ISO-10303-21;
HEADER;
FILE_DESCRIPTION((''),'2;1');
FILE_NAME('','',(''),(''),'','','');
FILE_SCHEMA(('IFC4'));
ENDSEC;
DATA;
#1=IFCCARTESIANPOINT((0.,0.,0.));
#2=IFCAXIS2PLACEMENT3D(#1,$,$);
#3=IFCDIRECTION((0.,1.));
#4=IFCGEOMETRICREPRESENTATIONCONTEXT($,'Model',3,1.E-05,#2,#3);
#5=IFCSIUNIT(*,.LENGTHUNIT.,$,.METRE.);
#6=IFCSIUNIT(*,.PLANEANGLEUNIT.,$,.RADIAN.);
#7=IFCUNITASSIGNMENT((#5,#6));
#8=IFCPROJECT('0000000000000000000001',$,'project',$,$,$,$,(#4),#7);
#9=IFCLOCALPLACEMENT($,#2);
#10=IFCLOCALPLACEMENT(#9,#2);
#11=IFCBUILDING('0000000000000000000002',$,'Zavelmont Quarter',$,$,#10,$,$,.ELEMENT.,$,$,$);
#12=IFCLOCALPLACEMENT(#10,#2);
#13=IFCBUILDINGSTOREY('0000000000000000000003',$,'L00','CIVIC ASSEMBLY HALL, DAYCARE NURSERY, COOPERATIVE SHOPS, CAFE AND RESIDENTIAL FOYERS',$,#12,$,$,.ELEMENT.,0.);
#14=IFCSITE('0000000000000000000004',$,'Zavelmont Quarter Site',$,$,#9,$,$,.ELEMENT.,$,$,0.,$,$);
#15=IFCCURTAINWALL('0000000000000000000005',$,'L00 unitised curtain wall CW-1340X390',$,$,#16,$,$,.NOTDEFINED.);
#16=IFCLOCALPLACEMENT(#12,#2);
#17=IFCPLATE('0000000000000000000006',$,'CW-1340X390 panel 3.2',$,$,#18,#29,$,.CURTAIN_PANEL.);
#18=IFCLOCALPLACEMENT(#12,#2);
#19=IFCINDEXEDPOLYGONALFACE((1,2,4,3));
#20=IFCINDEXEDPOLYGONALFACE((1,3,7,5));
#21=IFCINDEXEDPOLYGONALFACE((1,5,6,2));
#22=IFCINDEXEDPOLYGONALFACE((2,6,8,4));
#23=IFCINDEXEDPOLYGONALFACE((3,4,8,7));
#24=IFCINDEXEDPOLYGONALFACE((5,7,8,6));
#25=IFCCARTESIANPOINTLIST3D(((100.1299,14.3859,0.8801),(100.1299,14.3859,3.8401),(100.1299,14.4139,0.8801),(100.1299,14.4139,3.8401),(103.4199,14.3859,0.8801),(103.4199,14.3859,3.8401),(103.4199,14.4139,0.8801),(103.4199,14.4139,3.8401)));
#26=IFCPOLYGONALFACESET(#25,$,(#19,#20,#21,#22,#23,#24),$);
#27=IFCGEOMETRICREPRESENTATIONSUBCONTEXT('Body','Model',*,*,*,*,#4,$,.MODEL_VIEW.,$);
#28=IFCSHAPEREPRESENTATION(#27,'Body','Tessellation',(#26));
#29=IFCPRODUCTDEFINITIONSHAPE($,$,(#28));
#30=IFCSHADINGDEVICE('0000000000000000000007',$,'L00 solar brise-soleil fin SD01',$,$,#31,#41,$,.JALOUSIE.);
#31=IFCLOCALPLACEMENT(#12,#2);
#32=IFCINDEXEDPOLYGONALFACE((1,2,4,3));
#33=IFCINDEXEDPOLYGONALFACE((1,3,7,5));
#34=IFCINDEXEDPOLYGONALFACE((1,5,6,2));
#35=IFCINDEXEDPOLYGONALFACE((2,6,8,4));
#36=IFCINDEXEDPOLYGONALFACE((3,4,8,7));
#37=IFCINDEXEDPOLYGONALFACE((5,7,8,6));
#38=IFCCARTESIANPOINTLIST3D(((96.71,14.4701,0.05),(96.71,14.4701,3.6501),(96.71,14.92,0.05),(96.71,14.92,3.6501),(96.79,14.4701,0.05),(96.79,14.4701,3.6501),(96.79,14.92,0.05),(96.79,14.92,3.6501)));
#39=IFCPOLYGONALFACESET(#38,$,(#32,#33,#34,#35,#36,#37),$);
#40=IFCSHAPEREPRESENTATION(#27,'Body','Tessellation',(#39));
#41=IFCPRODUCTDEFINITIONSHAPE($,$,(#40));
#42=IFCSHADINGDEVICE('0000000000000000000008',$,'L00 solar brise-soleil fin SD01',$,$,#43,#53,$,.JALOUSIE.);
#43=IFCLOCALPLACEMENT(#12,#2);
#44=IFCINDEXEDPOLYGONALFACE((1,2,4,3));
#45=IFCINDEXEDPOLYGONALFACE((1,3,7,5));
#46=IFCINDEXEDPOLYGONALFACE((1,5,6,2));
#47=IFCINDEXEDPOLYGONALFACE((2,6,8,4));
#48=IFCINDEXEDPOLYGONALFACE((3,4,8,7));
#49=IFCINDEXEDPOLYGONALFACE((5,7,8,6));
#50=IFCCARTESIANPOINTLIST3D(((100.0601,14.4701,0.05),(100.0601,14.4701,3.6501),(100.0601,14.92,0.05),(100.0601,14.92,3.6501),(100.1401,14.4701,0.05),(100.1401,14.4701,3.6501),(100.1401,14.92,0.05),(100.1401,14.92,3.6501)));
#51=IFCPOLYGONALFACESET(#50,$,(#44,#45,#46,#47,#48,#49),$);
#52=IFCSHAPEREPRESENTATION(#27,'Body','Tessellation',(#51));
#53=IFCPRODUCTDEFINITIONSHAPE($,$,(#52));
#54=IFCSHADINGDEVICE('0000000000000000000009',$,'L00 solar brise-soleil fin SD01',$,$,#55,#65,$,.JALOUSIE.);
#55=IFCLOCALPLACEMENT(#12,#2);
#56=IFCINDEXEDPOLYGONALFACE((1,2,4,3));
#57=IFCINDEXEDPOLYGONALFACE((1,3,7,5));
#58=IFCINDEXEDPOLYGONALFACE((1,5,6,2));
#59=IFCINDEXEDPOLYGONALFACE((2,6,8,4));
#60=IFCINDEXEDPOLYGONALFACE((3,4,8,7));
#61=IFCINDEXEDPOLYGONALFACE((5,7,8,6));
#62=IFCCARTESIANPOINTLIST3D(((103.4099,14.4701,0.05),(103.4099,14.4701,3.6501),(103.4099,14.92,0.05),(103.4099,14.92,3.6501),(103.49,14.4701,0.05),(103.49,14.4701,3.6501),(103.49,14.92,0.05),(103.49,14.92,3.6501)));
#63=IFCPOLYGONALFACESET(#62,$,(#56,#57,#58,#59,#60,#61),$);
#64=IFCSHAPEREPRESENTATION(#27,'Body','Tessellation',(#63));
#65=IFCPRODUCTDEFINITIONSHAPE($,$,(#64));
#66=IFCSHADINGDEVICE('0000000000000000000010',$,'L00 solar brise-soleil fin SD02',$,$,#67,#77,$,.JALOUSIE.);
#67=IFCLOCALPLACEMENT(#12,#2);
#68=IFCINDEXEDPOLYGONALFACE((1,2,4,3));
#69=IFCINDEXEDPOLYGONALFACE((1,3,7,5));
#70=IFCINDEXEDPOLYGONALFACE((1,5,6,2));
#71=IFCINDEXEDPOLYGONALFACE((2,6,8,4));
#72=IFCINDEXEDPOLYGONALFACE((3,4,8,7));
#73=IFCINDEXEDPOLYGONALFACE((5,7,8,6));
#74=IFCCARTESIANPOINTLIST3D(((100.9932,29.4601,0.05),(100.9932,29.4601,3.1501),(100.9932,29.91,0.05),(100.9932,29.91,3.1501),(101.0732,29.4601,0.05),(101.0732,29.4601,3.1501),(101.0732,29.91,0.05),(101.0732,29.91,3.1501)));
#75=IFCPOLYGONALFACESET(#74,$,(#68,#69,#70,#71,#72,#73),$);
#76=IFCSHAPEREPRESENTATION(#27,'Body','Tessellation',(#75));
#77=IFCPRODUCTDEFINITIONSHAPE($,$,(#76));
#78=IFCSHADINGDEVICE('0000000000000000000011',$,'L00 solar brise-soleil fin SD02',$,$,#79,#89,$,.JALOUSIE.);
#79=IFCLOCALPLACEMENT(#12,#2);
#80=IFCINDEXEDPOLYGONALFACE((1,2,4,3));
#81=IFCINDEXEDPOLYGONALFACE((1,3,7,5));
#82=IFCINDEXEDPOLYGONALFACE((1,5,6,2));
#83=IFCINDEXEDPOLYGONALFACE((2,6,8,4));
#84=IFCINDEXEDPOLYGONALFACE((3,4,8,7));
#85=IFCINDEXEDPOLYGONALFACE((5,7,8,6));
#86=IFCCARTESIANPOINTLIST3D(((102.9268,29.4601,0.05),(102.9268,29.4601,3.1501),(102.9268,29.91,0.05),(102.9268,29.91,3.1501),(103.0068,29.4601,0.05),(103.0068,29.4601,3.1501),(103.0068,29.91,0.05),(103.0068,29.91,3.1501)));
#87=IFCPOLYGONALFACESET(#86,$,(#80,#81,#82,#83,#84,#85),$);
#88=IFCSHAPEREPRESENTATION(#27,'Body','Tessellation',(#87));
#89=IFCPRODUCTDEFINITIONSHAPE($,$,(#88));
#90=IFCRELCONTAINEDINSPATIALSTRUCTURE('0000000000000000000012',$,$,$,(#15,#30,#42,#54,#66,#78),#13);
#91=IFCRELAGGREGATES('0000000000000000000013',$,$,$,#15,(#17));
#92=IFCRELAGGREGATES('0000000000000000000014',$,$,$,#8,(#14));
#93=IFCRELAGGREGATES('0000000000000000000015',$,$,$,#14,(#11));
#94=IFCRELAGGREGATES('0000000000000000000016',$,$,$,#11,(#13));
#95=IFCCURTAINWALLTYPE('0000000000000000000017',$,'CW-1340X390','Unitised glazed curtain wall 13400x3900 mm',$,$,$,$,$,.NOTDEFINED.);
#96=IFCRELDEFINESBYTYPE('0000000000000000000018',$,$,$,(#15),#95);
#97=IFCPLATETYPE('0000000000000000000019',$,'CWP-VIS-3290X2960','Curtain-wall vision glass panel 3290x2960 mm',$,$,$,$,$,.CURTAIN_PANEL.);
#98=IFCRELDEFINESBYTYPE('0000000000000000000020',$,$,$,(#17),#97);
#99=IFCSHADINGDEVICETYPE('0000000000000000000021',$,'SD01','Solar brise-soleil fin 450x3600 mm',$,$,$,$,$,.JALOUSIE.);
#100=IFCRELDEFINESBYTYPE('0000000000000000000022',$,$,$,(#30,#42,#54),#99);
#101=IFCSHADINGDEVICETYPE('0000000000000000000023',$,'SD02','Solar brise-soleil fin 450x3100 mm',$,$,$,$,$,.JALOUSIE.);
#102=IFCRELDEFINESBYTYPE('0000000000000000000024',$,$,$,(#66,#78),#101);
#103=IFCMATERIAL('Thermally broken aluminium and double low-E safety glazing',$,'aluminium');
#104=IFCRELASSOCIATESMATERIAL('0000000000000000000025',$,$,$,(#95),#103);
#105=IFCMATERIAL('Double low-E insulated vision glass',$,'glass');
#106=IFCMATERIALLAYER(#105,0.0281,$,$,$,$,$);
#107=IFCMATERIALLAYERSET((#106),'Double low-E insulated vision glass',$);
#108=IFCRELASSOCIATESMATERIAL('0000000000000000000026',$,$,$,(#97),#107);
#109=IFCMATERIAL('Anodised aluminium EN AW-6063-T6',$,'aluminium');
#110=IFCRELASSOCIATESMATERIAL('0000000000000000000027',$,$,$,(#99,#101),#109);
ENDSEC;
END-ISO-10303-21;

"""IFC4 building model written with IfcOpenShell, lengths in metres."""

from ifc_helpers import new_model, si_unit, direction, frame, origin, origin_2d, place, context, subcontext, project, spatial, rectangle, extrude, material, layer, layer_set, type_object, element, aggregate, save


model = new_model("IFC4")

# Units and contexts
model_context = context("Model", 3, precision=1e-05, world=origin(), true_north=direction((0.0, 1.0)))
body_context = subcontext(model_context, "Body", "Model", "MODEL_VIEW")
ifc_project = project(units=[si_unit("LENGTHUNIT", "METRE"), si_unit("PLANEANGLEUNIT", "RADIAN")], contexts=[model_context])

# Site, building, storey
site_placement = place(None, origin())
site = spatial("IfcSite", under=ifc_project, at=site_placement, Name="Zavelmont Quarter Site", CompositionType="ELEMENT", RefElevation=0.0)
building_placement = place(site_placement, origin())
building = spatial("IfcBuilding", under=site, at=building_placement, Name="Zavelmont Quarter", CompositionType="ELEMENT")
storey_placement = place(building_placement, origin())
storey = spatial("IfcBuildingStorey", under=building, at=storey_placement, Name="L00", Description="CIVIC ASSEMBLY HALL, DAYCARE NURSERY, COOPERATIVE SHOPS, CAFE AND RESIDENTIAL FOYERS", CompositionType="ELEMENT", Elevation=0.0)

# Curtain wall
ifc_material_1 = material(Name="Thermally broken aluminium and double low-E safety glazing", Category="aluminium")
curtain_wall_type_1 = type_object("IfcCurtainWallType", Name="CW-1340X390", Description="Unitised glazed curtain wall 13400x3900 mm", PredefinedType="NOTDEFINED", material=ifc_material_1)
curtain_wall_1_placement = place(storey_placement, origin())
curtain_wall_1 = element("IfcCurtainWall", 1, at=curtain_wall_1_placement, inside=storey, type_object=curtain_wall_type_1, Name="L00 unitised curtain wall CW-1340X390", PredefinedType="NOTDEFINED")

# Shared definitions
ifc_material_2 = material(Name="Double low-E insulated vision glass", Category="glass")

# Plate
ifc_layer_1 = layer(ifc_material_2, 0.0281)
ifc_layer_set_1 = layer_set([ifc_layer_1], Name="Double low-E insulated vision glass")
plate_type_1 = type_object("IfcPlateType", Name="CWP-VIS-3290X2960", Description="Curtain-wall vision glass panel 3290x2960 mm", PredefinedType="CURTAIN_PANEL", material=ifc_layer_set_1)
plate_1_placement = place(storey_placement, frame((101.7749, 14.3999, 0.8801), z_axis=(0.0, 0.0, 1.0), x_axis=(1.0, 0.0, 0.0)))
plate_1 = element("IfcPlate", 2, at=plate_1_placement, type_object=plate_type_1, Name="CW-1340X390 panel 3.2", PredefinedType="CURTAIN_PANEL", context=body_context, shape_type="SweptSolid", body=[
    extrude(rectangle(XDim=3.29, YDim=0.0281, at=origin_2d()), origin(), (0.0, 0.0, 1.0), 2.96),
])
aggregate(curtain_wall_1, [plate_1])

# Shading devices
ifc_material_3 = material(Name="Anodised aluminium EN AW-6063-T6", Category="aluminium")
shading_device_type_1 = type_object("IfcShadingDeviceType", Name="SD01", Description="Solar brise-soleil fin 450x3600 mm", PredefinedType="JALOUSIE", material=ifc_material_3)
for number, where, z_axis, x_axis, name in (
    (3, (96.75, 14.6951, 0.05), (0.0, 0.0, 1.0), (1.0, 0.0, 0.0), "L00 solar brise-soleil fin SD01"),
    (4, (100.1001, 14.6951, 0.05), (0.0, 0.0, 1.0), (1.0, 0.0, 0.0), "L00 solar brise-soleil fin SD01"),
    (5, (103.45, 14.6951, 0.05), (0.0, 0.0, 1.0), (1.0, 0.0, 0.0), "L00 solar brise-soleil fin SD01"),
):
    element("IfcShadingDevice", number, at=place(storey_placement, frame(where, z_axis=z_axis, x_axis=x_axis)), inside=storey, type_object=shading_device_type_1, Name=name, PredefinedType="JALOUSIE", context=body_context, shape_type="SweptSolid", body=[
        extrude(rectangle(XDim=0.0801, YDim=0.45, at=origin_2d()), origin(), (0.0, 0.0, 1.0), 3.6001),
    ])
shading_device_type_2 = type_object("IfcShadingDeviceType", Name="SD02", Description="Solar brise-soleil fin 450x3100 mm", PredefinedType="JALOUSIE", material=ifc_material_3)
for number, where, z_axis, x_axis, name in (
    (6, (101.0332, 29.6851, 0.05), (0.0, 0.0, 1.0), (1.0, 0.0, 0.0), "L00 solar brise-soleil fin SD02"),
    (7, (102.9668, 29.6851, 0.05), (0.0, 0.0, 1.0), (1.0, 0.0, 0.0), "L00 solar brise-soleil fin SD02"),
):
    element("IfcShadingDevice", number, at=place(storey_placement, frame(where, z_axis=z_axis, x_axis=x_axis)), inside=storey, type_object=shading_device_type_2, Name=name, PredefinedType="JALOUSIE", context=body_context, shape_type="SweptSolid", body=[
        extrude(rectangle(XDim=0.0801, YDim=0.45, at=origin_2d()), origin(), (0.0, 0.0, 1.0), 3.1001),
    ])

save(model, "model.ifc")
